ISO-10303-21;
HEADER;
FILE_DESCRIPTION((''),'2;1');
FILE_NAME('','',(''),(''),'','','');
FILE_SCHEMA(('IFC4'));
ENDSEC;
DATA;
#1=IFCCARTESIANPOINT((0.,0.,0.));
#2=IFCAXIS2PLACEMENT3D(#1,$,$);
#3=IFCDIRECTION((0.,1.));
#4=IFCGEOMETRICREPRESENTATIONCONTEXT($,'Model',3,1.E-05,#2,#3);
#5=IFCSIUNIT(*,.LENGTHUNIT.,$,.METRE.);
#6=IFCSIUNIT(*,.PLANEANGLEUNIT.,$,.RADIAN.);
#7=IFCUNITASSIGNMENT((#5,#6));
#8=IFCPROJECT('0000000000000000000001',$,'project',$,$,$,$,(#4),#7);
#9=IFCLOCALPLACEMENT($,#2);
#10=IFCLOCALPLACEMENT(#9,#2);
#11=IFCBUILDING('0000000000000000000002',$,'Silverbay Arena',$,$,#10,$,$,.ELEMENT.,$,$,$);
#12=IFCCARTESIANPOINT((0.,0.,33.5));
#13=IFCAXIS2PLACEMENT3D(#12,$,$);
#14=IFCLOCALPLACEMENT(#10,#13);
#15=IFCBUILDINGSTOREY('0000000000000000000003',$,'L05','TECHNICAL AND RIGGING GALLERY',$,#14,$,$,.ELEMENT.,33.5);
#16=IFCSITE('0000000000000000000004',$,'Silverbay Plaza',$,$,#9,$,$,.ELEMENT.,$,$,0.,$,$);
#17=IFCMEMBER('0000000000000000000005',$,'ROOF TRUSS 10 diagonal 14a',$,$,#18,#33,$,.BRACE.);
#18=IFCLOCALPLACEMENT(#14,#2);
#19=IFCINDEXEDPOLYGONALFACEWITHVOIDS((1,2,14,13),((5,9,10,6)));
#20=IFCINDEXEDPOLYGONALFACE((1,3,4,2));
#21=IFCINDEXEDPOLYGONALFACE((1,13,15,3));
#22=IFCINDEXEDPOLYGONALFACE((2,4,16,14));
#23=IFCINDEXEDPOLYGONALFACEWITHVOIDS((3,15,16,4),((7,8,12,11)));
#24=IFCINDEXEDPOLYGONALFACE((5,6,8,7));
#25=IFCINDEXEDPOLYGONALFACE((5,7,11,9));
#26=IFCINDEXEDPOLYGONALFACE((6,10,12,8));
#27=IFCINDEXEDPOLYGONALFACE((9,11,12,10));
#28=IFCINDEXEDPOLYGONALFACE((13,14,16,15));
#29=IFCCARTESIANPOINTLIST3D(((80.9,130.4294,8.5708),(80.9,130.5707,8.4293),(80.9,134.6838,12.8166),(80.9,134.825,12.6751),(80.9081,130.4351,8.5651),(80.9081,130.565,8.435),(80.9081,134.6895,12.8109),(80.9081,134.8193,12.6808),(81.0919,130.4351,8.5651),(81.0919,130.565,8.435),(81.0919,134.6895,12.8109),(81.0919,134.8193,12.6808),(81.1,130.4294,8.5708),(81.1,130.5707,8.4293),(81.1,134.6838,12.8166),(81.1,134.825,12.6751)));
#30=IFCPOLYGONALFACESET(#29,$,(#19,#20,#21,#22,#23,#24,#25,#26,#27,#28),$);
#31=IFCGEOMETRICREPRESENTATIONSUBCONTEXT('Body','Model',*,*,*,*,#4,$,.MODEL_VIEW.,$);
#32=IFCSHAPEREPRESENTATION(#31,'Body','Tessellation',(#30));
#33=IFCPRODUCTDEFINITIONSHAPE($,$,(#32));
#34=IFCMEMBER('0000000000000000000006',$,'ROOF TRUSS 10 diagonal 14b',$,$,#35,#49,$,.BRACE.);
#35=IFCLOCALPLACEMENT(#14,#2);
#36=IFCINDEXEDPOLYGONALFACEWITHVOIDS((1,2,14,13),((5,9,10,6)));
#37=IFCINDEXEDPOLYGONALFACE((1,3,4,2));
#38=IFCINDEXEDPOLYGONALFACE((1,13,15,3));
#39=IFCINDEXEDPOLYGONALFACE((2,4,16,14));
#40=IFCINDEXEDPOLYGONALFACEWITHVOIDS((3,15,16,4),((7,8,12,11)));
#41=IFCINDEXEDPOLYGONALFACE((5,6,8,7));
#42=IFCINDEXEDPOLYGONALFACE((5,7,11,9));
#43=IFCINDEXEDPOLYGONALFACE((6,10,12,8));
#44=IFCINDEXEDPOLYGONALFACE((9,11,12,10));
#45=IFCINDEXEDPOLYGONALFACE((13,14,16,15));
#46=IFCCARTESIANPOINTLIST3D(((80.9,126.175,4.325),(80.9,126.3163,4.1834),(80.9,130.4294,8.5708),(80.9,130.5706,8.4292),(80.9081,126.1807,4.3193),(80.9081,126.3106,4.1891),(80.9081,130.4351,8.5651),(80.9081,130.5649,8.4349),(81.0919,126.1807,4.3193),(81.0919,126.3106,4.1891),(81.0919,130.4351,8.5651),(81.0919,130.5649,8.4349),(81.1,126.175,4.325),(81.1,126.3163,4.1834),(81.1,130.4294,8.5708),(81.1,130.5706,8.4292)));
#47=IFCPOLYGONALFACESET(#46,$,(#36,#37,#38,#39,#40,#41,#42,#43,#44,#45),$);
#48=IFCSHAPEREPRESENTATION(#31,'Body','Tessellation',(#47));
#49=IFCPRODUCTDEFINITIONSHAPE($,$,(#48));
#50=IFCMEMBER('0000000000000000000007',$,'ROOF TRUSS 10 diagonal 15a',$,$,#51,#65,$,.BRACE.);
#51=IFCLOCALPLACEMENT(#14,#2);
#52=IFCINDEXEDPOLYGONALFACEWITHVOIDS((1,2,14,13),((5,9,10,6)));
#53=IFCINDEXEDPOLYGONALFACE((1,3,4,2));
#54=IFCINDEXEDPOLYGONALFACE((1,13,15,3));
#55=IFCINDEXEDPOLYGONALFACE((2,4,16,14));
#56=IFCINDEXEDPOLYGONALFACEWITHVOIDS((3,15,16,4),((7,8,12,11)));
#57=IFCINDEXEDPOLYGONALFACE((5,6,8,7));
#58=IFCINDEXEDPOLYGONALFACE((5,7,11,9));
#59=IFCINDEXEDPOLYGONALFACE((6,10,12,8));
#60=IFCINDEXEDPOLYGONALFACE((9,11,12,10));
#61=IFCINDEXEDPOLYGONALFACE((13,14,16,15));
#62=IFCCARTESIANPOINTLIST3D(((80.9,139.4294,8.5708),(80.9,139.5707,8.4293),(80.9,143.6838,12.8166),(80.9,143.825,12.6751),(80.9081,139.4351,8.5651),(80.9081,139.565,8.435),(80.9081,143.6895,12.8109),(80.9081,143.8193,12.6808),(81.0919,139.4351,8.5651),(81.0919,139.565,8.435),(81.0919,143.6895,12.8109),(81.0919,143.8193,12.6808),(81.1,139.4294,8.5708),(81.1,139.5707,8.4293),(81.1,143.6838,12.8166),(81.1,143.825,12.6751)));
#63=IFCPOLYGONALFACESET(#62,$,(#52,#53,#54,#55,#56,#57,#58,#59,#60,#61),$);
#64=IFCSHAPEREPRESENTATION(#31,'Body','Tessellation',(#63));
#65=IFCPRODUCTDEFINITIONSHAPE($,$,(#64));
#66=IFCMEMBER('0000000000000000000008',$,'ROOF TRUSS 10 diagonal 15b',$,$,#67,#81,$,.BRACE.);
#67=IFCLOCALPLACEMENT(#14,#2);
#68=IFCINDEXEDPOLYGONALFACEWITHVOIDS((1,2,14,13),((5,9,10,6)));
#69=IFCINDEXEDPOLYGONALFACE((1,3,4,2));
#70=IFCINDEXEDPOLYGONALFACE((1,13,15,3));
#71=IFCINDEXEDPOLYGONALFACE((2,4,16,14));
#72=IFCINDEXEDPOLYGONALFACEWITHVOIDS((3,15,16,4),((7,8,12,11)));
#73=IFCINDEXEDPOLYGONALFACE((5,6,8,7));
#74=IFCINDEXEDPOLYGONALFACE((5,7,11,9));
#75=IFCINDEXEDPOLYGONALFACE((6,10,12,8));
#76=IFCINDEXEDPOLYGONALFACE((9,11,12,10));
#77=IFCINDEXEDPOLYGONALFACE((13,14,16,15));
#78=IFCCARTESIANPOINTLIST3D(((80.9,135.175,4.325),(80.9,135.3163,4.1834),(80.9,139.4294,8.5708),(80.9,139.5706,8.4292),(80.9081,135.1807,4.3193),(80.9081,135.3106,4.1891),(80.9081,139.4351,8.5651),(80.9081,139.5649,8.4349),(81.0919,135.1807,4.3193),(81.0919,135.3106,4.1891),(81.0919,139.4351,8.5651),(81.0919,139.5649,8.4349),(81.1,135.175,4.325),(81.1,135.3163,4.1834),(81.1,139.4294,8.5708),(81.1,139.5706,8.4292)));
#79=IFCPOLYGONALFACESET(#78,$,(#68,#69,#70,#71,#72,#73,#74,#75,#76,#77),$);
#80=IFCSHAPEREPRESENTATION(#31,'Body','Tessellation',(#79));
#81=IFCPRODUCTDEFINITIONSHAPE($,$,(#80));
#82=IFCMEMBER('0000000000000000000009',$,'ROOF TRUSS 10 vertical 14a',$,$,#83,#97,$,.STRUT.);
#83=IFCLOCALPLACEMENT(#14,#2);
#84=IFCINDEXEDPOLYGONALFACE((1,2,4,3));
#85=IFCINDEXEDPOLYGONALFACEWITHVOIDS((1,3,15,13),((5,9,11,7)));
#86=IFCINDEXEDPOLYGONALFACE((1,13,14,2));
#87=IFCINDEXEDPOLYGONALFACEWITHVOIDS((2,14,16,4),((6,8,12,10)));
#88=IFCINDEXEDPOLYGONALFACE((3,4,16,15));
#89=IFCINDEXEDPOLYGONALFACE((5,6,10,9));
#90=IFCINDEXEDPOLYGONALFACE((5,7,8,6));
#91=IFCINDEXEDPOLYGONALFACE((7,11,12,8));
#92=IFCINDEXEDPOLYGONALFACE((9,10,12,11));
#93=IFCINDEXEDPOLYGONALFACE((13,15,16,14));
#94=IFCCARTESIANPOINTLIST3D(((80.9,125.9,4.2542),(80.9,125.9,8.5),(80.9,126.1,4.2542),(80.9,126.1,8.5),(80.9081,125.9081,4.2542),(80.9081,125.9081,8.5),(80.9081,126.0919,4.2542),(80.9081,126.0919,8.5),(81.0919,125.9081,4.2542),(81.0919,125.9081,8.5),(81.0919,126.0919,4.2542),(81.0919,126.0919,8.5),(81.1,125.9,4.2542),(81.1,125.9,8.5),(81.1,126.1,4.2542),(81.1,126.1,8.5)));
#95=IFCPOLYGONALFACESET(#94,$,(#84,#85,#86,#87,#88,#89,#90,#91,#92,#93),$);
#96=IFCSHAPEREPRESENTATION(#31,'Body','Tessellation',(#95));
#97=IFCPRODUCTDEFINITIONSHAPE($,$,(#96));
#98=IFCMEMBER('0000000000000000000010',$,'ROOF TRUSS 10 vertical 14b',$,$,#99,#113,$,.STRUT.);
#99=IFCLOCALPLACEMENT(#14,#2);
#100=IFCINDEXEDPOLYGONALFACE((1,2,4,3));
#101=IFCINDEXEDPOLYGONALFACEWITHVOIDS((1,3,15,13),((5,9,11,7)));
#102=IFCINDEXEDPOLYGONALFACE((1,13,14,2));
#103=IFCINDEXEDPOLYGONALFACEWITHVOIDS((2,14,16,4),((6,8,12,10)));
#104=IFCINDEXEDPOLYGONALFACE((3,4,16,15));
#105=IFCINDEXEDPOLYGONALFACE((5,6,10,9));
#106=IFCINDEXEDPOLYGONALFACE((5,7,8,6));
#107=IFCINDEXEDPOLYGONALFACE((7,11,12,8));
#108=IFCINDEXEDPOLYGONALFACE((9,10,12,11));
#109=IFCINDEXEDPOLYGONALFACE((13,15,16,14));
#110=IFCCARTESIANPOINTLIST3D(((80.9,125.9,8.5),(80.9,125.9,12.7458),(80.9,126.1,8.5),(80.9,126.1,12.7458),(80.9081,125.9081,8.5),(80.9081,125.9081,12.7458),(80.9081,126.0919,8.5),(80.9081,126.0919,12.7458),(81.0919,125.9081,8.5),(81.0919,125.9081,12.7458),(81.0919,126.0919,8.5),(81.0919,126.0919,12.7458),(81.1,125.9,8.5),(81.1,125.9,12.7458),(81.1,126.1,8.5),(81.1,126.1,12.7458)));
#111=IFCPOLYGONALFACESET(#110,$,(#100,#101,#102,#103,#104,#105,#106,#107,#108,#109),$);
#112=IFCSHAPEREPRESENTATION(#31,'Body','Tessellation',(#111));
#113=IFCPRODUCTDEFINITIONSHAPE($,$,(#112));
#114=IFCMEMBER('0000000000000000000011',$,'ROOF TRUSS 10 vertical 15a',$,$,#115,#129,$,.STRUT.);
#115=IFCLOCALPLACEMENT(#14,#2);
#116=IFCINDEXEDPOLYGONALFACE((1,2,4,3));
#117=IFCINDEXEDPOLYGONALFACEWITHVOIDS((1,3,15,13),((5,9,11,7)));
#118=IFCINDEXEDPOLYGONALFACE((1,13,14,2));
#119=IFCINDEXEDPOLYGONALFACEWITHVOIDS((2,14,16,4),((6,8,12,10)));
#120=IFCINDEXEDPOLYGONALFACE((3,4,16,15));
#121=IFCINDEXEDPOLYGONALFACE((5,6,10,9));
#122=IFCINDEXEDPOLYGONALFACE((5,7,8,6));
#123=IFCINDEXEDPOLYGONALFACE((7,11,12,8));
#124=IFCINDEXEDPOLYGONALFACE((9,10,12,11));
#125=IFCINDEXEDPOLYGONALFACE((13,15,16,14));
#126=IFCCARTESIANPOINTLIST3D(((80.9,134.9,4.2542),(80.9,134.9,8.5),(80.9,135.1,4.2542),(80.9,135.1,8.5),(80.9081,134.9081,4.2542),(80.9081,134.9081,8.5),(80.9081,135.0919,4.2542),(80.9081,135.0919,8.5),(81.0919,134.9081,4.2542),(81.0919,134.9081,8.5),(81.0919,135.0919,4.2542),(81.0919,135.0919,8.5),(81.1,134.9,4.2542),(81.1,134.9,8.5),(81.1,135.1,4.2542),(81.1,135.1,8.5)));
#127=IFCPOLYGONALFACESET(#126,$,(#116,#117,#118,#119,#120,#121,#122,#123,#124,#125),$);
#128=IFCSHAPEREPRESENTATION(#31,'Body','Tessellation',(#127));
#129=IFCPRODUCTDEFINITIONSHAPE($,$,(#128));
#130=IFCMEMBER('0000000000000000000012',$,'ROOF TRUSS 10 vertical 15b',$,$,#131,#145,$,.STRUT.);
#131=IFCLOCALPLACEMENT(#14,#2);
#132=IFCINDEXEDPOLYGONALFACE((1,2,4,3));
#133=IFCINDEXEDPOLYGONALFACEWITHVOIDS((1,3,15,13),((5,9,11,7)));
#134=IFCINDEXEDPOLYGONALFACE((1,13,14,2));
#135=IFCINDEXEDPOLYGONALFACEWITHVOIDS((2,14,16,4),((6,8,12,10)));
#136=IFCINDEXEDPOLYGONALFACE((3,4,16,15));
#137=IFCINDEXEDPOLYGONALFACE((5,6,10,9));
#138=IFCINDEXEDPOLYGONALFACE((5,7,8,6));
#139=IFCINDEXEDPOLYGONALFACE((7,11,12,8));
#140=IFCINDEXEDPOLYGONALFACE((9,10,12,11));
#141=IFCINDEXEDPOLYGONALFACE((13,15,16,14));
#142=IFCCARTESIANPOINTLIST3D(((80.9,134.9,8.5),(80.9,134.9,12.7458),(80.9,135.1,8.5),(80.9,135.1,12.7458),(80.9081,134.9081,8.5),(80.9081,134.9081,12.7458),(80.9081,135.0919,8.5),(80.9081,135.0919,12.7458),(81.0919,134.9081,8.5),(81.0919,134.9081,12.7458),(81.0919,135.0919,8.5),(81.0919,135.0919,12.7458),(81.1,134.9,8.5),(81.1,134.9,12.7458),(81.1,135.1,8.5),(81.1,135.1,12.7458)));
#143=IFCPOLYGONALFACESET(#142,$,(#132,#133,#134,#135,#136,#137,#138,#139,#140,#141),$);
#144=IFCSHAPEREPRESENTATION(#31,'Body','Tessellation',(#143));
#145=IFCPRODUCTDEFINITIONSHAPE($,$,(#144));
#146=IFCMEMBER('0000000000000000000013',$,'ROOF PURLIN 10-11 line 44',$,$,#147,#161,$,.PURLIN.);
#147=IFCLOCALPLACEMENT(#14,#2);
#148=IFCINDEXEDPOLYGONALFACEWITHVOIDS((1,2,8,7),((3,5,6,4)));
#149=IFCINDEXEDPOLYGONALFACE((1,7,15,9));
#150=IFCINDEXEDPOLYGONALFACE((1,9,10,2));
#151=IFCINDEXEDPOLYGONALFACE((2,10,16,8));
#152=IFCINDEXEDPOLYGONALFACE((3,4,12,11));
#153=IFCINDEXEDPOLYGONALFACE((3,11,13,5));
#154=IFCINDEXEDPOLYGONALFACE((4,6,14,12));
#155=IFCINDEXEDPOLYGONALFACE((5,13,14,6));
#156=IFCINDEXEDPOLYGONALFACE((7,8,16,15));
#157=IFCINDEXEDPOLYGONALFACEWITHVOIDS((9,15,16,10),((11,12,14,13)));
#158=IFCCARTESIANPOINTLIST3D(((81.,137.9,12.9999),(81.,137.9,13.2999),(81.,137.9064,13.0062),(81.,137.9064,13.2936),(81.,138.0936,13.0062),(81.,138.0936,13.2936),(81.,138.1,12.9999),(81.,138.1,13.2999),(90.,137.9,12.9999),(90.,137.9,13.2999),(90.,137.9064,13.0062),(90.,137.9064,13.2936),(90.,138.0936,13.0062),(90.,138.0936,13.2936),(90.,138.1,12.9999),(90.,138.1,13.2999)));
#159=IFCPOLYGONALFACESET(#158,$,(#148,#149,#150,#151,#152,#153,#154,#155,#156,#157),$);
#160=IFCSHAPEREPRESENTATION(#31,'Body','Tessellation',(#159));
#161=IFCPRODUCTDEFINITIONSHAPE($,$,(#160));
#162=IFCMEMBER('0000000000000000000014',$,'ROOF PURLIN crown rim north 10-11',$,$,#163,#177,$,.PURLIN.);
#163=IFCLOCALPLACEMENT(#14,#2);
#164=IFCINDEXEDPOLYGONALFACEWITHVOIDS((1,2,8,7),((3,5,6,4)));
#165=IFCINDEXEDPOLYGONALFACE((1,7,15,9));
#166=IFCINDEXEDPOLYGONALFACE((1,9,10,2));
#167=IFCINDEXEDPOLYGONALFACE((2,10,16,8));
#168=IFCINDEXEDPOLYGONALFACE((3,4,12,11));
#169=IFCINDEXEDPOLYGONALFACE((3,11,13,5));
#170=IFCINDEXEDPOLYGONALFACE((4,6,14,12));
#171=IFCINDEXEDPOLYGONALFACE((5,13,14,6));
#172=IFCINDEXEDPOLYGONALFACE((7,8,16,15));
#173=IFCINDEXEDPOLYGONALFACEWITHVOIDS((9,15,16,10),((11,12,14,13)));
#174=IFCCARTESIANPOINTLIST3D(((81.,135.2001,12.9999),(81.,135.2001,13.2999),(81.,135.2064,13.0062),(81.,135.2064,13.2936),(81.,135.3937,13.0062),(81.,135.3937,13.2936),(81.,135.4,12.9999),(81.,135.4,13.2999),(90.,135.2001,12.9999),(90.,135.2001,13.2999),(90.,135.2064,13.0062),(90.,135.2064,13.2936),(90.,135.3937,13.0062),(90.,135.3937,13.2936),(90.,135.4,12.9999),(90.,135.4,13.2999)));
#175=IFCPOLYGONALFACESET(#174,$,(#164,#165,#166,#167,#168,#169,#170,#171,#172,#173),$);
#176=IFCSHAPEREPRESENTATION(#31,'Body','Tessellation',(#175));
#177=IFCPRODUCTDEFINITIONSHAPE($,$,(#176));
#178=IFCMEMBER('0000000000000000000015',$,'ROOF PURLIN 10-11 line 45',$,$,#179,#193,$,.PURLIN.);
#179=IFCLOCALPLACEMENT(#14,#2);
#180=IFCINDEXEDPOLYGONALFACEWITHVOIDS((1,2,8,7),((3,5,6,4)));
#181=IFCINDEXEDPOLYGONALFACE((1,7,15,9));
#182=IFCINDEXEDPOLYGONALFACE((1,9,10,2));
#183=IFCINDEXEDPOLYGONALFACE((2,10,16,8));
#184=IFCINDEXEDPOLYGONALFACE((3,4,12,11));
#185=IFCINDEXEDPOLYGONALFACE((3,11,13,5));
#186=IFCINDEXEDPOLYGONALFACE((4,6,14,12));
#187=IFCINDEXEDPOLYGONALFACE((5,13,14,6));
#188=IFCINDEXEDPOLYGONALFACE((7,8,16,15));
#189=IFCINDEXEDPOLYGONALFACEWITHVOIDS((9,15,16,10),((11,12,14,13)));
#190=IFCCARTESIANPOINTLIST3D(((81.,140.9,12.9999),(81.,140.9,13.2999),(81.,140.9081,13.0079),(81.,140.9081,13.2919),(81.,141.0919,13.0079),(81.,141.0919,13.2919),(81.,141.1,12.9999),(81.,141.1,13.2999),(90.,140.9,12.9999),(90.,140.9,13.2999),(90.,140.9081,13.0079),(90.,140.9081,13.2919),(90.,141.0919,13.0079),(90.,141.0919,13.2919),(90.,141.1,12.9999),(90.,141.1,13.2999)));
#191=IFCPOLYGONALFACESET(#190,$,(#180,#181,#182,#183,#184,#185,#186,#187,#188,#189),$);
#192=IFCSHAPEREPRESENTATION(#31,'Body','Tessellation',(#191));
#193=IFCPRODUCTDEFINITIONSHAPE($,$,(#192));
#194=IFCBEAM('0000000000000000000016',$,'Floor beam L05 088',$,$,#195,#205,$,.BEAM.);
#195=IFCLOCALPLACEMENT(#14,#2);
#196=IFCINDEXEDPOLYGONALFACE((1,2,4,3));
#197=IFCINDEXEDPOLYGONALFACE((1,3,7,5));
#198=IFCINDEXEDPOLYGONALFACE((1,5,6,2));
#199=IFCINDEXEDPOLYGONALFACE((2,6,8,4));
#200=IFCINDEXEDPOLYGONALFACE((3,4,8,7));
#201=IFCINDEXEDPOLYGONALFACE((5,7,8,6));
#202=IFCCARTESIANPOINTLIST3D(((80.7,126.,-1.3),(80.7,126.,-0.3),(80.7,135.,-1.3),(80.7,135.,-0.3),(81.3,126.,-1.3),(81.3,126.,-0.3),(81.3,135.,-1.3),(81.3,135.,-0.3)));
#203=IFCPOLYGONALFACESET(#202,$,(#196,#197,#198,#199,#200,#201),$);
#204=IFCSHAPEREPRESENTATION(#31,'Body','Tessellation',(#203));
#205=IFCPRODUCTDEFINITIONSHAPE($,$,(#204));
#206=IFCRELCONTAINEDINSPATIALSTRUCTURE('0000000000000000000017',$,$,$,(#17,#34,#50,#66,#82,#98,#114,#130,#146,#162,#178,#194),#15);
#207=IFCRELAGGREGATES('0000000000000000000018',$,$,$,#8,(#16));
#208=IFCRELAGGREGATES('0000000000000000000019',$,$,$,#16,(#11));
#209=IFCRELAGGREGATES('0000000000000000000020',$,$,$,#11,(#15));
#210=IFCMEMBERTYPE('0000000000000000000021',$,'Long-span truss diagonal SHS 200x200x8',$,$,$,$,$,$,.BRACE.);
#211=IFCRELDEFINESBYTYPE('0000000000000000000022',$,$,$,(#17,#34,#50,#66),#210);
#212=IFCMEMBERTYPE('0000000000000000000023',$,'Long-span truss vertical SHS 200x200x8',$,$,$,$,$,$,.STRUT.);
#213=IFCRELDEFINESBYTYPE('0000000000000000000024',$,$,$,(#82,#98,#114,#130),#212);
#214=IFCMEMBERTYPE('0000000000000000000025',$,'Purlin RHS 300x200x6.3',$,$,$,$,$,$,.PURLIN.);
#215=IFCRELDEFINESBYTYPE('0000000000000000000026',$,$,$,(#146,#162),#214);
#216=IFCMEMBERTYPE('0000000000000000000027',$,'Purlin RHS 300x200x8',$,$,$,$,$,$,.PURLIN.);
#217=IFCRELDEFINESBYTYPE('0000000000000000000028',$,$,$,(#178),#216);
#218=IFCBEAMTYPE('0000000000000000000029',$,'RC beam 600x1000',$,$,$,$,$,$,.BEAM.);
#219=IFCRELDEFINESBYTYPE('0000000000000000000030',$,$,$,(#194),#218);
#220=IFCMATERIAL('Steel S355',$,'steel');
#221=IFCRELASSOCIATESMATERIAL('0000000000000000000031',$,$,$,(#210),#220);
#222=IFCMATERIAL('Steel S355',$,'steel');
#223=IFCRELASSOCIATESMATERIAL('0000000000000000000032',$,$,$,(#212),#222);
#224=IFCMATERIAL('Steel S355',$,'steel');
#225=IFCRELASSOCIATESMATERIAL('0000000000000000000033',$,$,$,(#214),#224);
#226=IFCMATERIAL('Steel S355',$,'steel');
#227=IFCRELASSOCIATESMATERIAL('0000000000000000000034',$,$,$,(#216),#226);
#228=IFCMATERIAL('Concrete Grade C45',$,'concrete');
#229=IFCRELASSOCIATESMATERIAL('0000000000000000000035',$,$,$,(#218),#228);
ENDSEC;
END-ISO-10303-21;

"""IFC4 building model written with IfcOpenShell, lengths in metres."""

from ifc_helpers import new_model, si_unit, direction, frame, origin, origin_2d, place, context, subcontext, project, spatial, rectangle, hollow_rectangle, extrude, material, material_profile, profile_set, type_object, element, save


model = new_model("IFC4")

# Units and contexts
model_context = context("Model", 3, precision=1e-05, world=origin(), true_north=direction((0.0, 1.0)))
body_context = subcontext(model_context, "Body", "Model", "MODEL_VIEW")
ifc_project = project(units=[si_unit("LENGTHUNIT", "METRE"), si_unit("PLANEANGLEUNIT", "RADIAN")], contexts=[model_context])

# Site, building, storey
site_placement = place(None, origin())
site = spatial("IfcSite", under=ifc_project, at=site_placement, Name="Silverbay Plaza", CompositionType="ELEMENT", RefElevation=0.0)
building_placement = place(site_placement, origin())
building = spatial("IfcBuilding", under=site, at=building_placement, Name="Silverbay Arena", CompositionType="ELEMENT")
storey_placement = place(building_placement, frame((0.0, 0.0, 33.5)))
storey = spatial("IfcBuildingStorey", under=building, at=storey_placement, Name="L05", Description="TECHNICAL AND RIGGING GALLERY", CompositionType="ELEMENT", Elevation=33.5)

# Members
ifc_material_1 = material(Name="Steel S355", Category="steel")
ifc_material_profile_1 = material_profile(ifc_material_1, hollow_rectangle(XDim=0.2, YDim=0.2, WallThickness=0.0081, at=origin_2d()), Name="SHS 200x200x8")
ifc_profile_set_1 = profile_set([ifc_material_profile_1], Name="Steel S355")
member_type_1 = type_object("IfcMemberType", Name="Long-span truss diagonal SHS 200x200x8", PredefinedType="BRACE", material=ifc_profile_set_1)
for number, where, z_axis, x_axis, name in (
    (1, (81.0, 134.7544, 12.7458), (0.0, -0.707817, -0.706396), (1.0, 0.0, 0.0), "ROOF TRUSS 10 diagonal 14a"),
    (2, (81.0, 130.5, 8.5), (0.0, -0.707817, -0.706396), (1.0, 0.0, 0.0), "ROOF TRUSS 10 diagonal 14b"),
    (3, (81.0, 143.7544, 12.7458), (0.0, -0.707817, -0.706396), (1.0, 0.0, 0.0), "ROOF TRUSS 10 diagonal 15a"),
    (4, (81.0, 139.5, 8.5), (0.0, -0.707817, -0.706396), (1.0, 0.0, 0.0), "ROOF TRUSS 10 diagonal 15b"),
):
    element("IfcMember", number, at=place(storey_placement, frame(where, z_axis=z_axis, x_axis=x_axis)), inside=storey, type_object=member_type_1, Name=name, PredefinedType="BRACE", context=body_context, shape_type="SweptSolid", body=[
        extrude(hollow_rectangle(XDim=0.2, YDim=0.2, WallThickness=0.0081, at=origin_2d()), origin(), (0.0, 0.0, 1.0), 6.0105),
    ])
ifc_material_2 = material(Name="Steel S355", Category="steel")
ifc_material_profile_2 = material_profile(ifc_material_2, hollow_rectangle(XDim=0.2, YDim=0.2, WallThickness=0.0081, at=origin_2d()), Name="SHS 200x200x8")
ifc_profile_set_2 = profile_set([ifc_material_profile_2], Name="Steel S355")
member_type_2 = type_object("IfcMemberType", Name="Long-span truss vertical SHS 200x200x8", PredefinedType="STRUT", material=ifc_profile_set_2)
for number, where, z_axis, x_axis, name in (
    (5, (81.0, 126.0, 4.2542), (0.0, 0.0, 1.0), (1.0, 0.0, 0.0), "ROOF TRUSS 10 vertical 14a"),
    (6, (81.0, 126.0, 8.5), (0.0, 0.0, 1.0), (1.0, 0.0, 0.0), "ROOF TRUSS 10 vertical 14b"),
    (7, (81.0, 135.0, 4.2542), (0.0, 0.0, 1.0), (1.0, 0.0, 0.0), "ROOF TRUSS 10 vertical 15a"),
    (8, (81.0, 135.0, 8.5), (0.0, 0.0, 1.0), (1.0, 0.0, 0.0), "ROOF TRUSS 10 vertical 15b"),
):
    element("IfcMember", number, at=place(storey_placement, frame(where, z_axis=z_axis, x_axis=x_axis)), inside=storey, type_object=member_type_2, Name=name, PredefinedType="STRUT", context=body_context, shape_type="SweptSolid", body=[
        extrude(hollow_rectangle(XDim=0.2, YDim=0.2, WallThickness=0.0081, at=origin_2d()), origin(), (0.0, 0.0, 1.0), 4.2458),
    ])
ifc_material_3 = material(Name="Steel S355", Category="steel")
ifc_material_profile_3 = material_profile(ifc_material_3, hollow_rectangle(XDim=0.2, YDim=0.3, WallThickness=0.0063, at=origin_2d()), Name="RHS 300x200x6.3")
ifc_profile_set_3 = profile_set([ifc_material_profile_3], Name="Steel S355")
member_type_3 = type_object("IfcMemberType", Name="Purlin RHS 300x200x6.3", PredefinedType="PURLIN", material=ifc_profile_set_3)
for number, where, z_axis, x_axis, name in (
    (9, (81.0, 138.0, 13.1499), (1.0, 0.0, 0.0), (0.0, 1.0, 0.0), "ROOF PURLIN 10-11 line 44"),
    (10, (81.0, 135.3, 13.1499), (1.0, 0.0, 0.0), (0.0, 1.0, 0.0), "ROOF PURLIN crown rim north 10-11"),
):
    element("IfcMember", number, at=place(storey_placement, frame(where, z_axis=z_axis, x_axis=x_axis)), inside=storey, type_object=member_type_3, Name=name, PredefinedType="PURLIN", context=body_context, shape_type="SweptSolid", body=[
        extrude(hollow_rectangle(XDim=0.2, YDim=0.3, WallThickness=0.0063, at=origin_2d()), origin(), (0.0, 0.0, 1.0), 9.0),
    ])
ifc_material_4 = material(Name="Steel S355", Category="steel")
ifc_material_profile_4 = material_profile(ifc_material_4, hollow_rectangle(XDim=0.2, YDim=0.3, WallThickness=0.0081, at=origin_2d()), Name="RHS 300x200x8")
ifc_profile_set_4 = profile_set([ifc_material_profile_4], Name="Steel S355")
member_type_4 = type_object("IfcMemberType", Name="Purlin RHS 300x200x8", PredefinedType="PURLIN", material=ifc_profile_set_4)
member_placement = place(storey_placement, frame((81.0, 141.0, 13.1499), z_axis=(1.0, 0.0, 0.0), x_axis=(0.0, 1.0, 0.0)))
element("IfcMember", 11, at=member_placement, inside=storey, type_object=member_type_4, Name="ROOF PURLIN 10-11 line 45", PredefinedType="PURLIN", context=body_context, shape_type="SweptSolid", body=[
    extrude(hollow_rectangle(XDim=0.2, YDim=0.3, WallThickness=0.0081, at=origin_2d()), origin(), (0.0, 0.0, 1.0), 9.0),
])

# Beam
ifc_material_5 = material(Name="Concrete Grade C45", Category="concrete")
ifc_material_profile_5 = material_profile(ifc_material_5, rectangle(XDim=0.6001, YDim=1.0, at=origin_2d()), Name="RC 600x1000")
ifc_profile_set_5 = profile_set([ifc_material_profile_5], Name="Concrete Grade C45")
beam_type = type_object("IfcBeamType", Name="RC beam 600x1000", PredefinedType="BEAM", material=ifc_profile_set_5)
beam_placement = place(storey_placement, frame((81.0, 126.0, -0.8), z_axis=(0.0, 1.0, 0.0), x_axis=(-1.0, 0.0, 0.0)))
element("IfcBeam", 12, at=beam_placement, inside=storey, type_object=beam_type, Name="Floor beam L05 088", PredefinedType="BEAM", context=body_context, shape_type="SweptSolid", body=[
    extrude(rectangle(XDim=0.6001, YDim=1.0, at=origin_2d()), origin(), (0.0, 0.0, 1.0), 9.0),
])

save(model, "model.ifc")
